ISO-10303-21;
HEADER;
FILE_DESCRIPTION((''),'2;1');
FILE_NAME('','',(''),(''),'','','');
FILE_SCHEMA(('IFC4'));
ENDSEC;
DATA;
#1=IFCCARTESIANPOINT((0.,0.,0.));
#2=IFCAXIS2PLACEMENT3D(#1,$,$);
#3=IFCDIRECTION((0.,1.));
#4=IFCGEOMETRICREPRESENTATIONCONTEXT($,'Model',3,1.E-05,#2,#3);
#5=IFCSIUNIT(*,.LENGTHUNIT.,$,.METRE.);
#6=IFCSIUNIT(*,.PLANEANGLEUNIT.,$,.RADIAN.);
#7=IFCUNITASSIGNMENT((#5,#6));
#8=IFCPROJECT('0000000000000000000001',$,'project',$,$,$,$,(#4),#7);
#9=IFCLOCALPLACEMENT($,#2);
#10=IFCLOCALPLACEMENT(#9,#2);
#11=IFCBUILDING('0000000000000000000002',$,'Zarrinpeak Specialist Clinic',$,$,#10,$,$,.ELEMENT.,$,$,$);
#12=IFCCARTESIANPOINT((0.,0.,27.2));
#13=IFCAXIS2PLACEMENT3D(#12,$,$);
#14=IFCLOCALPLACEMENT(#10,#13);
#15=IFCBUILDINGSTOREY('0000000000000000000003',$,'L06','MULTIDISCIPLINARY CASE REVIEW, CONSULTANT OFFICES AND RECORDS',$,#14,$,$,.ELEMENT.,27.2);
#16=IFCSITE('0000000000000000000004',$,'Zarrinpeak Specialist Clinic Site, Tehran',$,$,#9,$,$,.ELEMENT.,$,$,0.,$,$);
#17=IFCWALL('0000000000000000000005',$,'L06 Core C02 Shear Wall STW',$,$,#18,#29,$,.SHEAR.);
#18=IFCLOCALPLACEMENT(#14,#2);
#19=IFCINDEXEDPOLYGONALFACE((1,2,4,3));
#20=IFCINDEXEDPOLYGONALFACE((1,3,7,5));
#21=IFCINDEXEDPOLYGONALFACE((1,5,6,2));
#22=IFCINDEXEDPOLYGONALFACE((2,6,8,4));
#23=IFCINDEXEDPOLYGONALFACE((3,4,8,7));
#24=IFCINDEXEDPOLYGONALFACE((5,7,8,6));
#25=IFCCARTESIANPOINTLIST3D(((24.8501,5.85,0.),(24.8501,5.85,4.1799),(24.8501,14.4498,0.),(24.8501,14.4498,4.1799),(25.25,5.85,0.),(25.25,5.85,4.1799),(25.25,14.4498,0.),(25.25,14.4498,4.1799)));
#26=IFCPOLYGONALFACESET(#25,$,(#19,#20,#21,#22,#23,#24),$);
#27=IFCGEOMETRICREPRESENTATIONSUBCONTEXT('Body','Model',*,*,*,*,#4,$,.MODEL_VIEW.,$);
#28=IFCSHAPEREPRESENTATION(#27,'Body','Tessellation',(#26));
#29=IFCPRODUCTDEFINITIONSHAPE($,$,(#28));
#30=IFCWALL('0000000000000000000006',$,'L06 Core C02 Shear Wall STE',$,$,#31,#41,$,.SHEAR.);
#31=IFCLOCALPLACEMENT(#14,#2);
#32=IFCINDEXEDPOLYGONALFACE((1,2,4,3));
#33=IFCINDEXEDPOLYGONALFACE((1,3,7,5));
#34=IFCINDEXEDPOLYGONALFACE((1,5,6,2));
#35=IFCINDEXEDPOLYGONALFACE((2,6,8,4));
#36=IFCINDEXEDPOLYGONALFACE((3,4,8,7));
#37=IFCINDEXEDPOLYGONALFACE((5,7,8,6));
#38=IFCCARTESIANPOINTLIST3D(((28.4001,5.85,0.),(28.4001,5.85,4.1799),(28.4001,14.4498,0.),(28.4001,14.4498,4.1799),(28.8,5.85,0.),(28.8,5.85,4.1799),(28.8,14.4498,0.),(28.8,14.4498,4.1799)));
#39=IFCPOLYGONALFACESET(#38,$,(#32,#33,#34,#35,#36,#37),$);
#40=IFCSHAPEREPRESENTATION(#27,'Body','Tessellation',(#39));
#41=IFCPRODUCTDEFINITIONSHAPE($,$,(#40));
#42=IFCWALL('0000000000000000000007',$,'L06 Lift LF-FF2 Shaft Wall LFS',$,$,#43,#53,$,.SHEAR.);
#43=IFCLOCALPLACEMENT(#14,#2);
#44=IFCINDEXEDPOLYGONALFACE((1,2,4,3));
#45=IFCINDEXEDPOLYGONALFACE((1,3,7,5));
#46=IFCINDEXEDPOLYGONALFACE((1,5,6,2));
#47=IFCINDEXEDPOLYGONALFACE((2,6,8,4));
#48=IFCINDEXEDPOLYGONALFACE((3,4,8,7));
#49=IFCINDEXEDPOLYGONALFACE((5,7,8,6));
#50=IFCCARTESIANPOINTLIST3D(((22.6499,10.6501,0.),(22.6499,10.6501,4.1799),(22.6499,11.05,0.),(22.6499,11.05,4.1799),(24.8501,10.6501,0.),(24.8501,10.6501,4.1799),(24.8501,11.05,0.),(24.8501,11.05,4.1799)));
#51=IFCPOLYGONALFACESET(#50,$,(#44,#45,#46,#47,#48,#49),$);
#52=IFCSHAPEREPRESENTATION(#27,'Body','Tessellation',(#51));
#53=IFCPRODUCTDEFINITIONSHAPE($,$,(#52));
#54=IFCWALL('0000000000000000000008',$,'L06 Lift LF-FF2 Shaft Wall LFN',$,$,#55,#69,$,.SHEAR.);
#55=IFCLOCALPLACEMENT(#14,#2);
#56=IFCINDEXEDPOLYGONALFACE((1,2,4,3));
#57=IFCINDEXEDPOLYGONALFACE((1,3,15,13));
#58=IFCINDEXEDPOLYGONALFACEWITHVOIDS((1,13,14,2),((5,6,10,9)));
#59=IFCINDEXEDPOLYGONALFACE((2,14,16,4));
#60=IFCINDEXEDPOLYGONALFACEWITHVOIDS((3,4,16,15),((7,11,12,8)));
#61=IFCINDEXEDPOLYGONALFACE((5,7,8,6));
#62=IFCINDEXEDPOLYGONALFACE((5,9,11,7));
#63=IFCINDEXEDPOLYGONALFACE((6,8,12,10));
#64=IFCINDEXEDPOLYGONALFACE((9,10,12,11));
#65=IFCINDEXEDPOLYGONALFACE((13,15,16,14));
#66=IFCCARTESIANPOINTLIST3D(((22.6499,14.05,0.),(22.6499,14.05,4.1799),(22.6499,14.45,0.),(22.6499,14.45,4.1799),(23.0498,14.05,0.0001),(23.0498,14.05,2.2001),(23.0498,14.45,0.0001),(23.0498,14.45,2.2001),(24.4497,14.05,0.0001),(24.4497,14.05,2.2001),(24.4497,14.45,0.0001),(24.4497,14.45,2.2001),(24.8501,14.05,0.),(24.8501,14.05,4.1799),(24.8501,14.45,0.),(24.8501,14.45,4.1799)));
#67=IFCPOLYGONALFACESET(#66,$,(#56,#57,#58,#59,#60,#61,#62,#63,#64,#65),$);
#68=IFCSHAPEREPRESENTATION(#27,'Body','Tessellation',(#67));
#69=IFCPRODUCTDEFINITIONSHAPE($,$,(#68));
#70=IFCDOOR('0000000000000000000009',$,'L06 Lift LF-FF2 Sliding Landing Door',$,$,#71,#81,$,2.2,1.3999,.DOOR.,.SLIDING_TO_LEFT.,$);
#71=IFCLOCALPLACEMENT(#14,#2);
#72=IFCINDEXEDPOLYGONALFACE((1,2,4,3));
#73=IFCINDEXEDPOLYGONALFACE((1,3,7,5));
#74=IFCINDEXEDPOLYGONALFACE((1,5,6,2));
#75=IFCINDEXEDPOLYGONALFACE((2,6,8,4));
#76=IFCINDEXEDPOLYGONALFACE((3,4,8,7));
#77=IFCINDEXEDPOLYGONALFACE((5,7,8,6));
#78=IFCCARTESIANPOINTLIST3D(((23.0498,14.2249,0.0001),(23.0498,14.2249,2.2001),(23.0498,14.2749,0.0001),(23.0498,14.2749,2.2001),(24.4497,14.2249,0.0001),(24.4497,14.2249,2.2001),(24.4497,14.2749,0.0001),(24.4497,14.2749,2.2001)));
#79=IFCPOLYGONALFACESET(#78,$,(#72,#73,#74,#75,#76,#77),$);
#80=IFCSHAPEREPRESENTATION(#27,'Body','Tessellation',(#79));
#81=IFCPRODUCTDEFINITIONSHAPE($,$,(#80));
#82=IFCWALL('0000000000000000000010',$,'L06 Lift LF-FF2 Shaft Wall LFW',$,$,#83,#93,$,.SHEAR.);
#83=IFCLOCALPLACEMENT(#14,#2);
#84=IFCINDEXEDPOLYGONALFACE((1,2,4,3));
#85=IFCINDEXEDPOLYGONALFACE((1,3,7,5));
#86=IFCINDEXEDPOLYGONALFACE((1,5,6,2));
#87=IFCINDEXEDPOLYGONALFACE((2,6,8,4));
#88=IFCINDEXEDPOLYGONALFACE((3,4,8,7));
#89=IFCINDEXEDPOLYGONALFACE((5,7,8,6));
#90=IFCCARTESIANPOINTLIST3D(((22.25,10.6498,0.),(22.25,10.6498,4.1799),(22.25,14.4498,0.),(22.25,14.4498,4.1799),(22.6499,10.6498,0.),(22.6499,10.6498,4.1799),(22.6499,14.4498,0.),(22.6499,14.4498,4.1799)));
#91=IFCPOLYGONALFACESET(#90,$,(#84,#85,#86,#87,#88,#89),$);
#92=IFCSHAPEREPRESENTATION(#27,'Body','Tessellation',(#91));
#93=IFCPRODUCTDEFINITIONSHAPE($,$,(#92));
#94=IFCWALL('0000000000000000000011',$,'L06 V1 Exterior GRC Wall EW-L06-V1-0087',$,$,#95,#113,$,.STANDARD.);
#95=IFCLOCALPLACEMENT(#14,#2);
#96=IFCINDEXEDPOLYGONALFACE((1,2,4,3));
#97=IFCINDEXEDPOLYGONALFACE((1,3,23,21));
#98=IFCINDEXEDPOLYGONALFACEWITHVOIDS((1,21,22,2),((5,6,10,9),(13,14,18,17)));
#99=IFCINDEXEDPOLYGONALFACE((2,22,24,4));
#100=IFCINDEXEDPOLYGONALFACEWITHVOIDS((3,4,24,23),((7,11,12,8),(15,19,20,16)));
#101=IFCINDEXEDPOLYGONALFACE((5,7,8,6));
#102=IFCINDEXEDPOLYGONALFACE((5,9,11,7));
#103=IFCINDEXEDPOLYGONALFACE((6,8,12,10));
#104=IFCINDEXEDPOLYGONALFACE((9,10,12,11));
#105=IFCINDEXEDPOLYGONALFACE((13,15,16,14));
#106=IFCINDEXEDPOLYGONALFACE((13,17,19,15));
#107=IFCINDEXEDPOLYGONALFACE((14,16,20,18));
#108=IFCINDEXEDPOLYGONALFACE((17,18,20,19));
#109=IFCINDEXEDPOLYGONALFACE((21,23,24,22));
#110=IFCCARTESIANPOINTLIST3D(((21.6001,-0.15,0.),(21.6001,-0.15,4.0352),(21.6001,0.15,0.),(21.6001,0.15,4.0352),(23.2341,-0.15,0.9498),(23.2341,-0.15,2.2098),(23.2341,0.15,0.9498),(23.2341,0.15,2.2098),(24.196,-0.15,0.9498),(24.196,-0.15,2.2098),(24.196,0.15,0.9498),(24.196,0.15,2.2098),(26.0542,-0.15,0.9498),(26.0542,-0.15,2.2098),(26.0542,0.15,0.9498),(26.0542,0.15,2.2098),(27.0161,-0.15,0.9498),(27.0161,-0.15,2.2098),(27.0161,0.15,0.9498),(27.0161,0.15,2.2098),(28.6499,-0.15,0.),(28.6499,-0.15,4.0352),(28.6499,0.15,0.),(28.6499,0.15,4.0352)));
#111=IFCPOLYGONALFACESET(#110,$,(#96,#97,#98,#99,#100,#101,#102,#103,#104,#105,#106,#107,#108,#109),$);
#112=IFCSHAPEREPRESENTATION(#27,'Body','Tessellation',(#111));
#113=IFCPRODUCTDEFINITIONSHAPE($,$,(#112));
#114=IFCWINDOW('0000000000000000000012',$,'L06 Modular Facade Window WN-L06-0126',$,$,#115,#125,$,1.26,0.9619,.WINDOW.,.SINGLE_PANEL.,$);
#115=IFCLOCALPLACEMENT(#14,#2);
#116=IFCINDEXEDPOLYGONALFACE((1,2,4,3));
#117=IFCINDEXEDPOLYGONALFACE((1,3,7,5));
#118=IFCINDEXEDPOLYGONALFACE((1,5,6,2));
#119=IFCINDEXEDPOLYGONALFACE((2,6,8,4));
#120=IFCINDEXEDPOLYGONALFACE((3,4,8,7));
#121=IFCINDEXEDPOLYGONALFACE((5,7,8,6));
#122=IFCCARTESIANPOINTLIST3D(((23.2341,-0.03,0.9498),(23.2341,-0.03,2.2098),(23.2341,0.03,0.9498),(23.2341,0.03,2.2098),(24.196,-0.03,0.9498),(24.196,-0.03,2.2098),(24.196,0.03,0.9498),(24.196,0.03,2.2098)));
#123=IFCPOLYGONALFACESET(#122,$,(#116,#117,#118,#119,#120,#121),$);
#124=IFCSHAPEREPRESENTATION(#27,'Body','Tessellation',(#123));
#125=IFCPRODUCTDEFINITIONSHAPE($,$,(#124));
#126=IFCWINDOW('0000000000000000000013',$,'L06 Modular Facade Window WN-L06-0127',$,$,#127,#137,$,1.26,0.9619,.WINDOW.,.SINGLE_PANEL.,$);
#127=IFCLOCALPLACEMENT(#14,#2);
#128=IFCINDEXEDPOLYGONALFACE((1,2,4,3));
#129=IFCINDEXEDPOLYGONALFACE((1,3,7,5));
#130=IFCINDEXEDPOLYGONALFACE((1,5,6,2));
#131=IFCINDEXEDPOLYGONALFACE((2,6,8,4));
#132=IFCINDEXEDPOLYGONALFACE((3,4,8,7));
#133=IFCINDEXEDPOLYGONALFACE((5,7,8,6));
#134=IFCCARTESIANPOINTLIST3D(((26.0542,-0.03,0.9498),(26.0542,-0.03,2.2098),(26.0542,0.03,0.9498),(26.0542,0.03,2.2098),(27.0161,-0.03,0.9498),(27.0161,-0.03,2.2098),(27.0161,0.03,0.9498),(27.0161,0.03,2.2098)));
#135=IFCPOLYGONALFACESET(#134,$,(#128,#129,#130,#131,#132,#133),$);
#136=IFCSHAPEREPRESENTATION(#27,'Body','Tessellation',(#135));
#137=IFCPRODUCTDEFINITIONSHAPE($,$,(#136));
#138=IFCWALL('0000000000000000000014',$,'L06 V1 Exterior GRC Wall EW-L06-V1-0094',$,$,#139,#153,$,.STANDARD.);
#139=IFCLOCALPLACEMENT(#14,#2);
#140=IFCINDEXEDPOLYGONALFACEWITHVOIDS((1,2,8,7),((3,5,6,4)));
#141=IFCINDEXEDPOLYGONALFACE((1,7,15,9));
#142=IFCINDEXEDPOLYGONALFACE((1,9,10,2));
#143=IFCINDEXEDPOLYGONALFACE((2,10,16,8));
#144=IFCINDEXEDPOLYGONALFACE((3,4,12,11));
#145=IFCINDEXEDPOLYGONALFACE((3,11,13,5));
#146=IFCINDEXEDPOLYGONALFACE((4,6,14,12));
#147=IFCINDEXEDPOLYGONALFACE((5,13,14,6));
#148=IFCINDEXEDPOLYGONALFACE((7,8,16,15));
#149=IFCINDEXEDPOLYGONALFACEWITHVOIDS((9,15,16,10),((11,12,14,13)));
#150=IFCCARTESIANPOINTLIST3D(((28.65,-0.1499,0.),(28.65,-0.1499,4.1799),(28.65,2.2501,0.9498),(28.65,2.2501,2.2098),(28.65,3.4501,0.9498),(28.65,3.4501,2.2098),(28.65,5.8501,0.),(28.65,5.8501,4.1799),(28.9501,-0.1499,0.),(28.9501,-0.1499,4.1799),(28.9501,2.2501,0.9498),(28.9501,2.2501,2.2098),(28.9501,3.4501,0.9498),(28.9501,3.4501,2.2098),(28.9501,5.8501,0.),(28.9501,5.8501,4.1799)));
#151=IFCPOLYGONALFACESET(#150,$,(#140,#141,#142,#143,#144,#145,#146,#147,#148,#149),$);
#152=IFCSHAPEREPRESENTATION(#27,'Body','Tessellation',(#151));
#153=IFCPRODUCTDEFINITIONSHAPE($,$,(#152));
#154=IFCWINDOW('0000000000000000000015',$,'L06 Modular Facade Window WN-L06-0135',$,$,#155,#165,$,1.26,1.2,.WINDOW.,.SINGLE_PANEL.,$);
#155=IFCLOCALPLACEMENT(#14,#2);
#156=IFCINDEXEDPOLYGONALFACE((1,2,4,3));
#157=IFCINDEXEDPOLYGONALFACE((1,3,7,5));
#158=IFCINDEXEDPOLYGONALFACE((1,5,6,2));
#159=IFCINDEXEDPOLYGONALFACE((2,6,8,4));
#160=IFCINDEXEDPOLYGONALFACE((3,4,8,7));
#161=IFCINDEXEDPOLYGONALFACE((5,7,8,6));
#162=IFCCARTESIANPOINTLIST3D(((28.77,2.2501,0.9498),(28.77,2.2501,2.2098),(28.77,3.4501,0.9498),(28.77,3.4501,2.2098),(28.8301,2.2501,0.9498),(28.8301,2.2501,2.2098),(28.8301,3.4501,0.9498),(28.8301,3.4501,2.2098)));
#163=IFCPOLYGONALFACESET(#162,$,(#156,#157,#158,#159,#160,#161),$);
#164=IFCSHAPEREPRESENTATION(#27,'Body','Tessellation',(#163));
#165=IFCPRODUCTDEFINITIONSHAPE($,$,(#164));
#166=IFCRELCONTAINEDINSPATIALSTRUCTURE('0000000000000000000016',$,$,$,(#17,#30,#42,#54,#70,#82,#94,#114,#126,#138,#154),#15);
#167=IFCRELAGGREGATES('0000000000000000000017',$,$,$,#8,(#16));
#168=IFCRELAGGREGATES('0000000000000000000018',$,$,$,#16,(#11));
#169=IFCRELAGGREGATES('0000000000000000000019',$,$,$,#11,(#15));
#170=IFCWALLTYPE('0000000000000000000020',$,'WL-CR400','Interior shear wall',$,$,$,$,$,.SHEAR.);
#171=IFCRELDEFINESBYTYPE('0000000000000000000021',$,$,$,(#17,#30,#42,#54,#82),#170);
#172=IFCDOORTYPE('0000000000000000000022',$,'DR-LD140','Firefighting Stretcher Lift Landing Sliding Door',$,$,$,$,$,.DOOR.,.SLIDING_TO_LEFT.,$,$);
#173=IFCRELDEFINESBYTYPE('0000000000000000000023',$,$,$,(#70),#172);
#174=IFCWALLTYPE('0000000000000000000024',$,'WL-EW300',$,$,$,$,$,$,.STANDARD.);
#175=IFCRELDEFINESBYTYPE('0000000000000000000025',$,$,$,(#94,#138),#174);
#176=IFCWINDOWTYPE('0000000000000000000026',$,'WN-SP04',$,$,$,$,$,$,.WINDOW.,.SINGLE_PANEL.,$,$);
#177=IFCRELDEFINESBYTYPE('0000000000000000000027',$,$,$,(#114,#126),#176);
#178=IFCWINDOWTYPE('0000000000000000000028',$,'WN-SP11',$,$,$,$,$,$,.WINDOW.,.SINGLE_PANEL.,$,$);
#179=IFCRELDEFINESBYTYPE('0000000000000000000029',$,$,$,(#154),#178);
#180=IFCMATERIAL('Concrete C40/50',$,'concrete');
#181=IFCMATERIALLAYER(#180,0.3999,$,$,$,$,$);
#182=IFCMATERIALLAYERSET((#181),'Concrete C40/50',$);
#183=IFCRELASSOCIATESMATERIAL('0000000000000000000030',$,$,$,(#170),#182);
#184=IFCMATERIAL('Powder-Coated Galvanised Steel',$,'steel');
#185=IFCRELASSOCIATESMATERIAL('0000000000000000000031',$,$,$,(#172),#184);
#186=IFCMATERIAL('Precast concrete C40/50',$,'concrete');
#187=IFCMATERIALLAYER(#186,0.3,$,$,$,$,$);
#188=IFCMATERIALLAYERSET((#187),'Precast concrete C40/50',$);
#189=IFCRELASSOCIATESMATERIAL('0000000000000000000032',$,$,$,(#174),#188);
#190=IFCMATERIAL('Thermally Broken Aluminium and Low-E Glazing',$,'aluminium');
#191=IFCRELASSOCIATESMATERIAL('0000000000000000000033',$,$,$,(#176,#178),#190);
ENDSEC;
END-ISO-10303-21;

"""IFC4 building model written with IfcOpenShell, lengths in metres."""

from ifc_helpers import new_model, si_unit, direction, frame, frame_2d, origin, place, context, subcontext, project, spatial, rectangle, extrude, material, layer, layer_set, type_object, element, fill, save


model = new_model("IFC4")

# Units and contexts
model_context = context("Model", 3, precision=1e-05, world=origin(), true_north=direction((0.0, 1.0)))
body_context = subcontext(model_context, "Body", "Model", "MODEL_VIEW")
ifc_project = project(units=[si_unit("LENGTHUNIT", "METRE"), si_unit("PLANEANGLEUNIT", "RADIAN")], contexts=[model_context])

# Site, building, storey
site_placement = place(None, origin())
site = spatial("IfcSite", under=ifc_project, at=site_placement, Name="Zarrinpeak Specialist Clinic Site, Tehran", CompositionType="ELEMENT", RefElevation=0.0)
building_placement = place(site_placement, origin())
building = spatial("IfcBuilding", under=site, at=building_placement, Name="Zarrinpeak Specialist Clinic", CompositionType="ELEMENT")
storey_placement = place(building_placement, frame((0.0, 0.0, 27.2)))
storey = spatial("IfcBuildingStorey", under=building, at=storey_placement, Name="L06", Description="MULTIDISCIPLINARY CASE REVIEW, CONSULTANT OFFICES AND RECORDS", CompositionType="ELEMENT", Elevation=27.2)

# Shared definitions
ifc_material_1 = material(Name="Concrete C40/50", Category="concrete")
ifc_layer_1 = layer(ifc_material_1, 0.3999)
ifc_layer_set_1 = layer_set([ifc_layer_1], Name="Concrete C40/50")
wall_type_1 = type_object("IfcWallType", Name="WL-CR400", Description="Interior shear wall", PredefinedType="SHEAR", material=ifc_layer_set_1)

# Shared definitions
ifc_material_2 = material(Name="Powder-Coated Galvanised Steel", Category="steel")

# Walls
for number, where, z_axis, x_axis, name in (
    (1, (25.05, 5.8501, 0.0), (0.0, 0.0, 1.0), (0.0, 1.0, 0.0), "L06 Core C02 Shear Wall STW"),
    (2, (28.6001, 5.8501, 0.0), (0.0, 0.0, 1.0), (0.0, 1.0, 0.0), "L06 Core C02 Shear Wall STE"),
):
    element("IfcWall", number, at=place(storey_placement, frame(where, z_axis=z_axis, x_axis=x_axis)), inside=storey, type_object=wall_type_1, Name=name, PredefinedType="SHEAR", context=body_context, shape_type="SweptSolid", body=[
        extrude(rectangle(XDim=8.5999, YDim=0.3999, at=frame_2d((4.2998, 0.0))), origin(), (0.0, 0.0, 1.0), 4.1799),
    ])
wall_1_placement = place(storey_placement, frame((22.6499, 10.8501, 0.0), z_axis=(0.0, 0.0, 1.0), x_axis=(1.0, 0.0, 0.0)))
element("IfcWall", 3, at=wall_1_placement, inside=storey, type_object=wall_type_1, Name="L06 Lift LF-FF2 Shaft Wall LFS", PredefinedType="SHEAR", context=body_context, shape_type="SweptSolid", body=[
    extrude(rectangle(XDim=2.2002, YDim=0.3999, at=frame_2d((1.1001, 0.0))), origin(), (0.0, 0.0, 1.0), 4.1799),
])

# Wall, opening, door
wall_2_placement = place(storey_placement, frame((22.6499, 14.25, 0.0), z_axis=(0.0, 0.0, 1.0), x_axis=(1.0, 0.0, 0.0)))
wall_2 = element("IfcWall", 4, at=wall_2_placement, inside=storey, type_object=wall_type_1, Name="L06 Lift LF-FF2 Shaft Wall LFN", PredefinedType="SHEAR", context=body_context, shape_type="SweptSolid", body=[
    extrude(rectangle(XDim=2.2002, YDim=0.3999, at=frame_2d((1.1001, 0.0))), origin(), (0.0, 0.0, 1.0), 4.1799),
])
opening_1_placement = place(wall_2_placement, frame((0.3999, 0.0, 0.0)))
opening_1 = element("IfcOpeningElement", 5, at=opening_1_placement, cuts=wall_2, PredefinedType="OPENING", context=body_context, shape_type="SweptSolid", body=[
    extrude(rectangle(XDim=1.3999, YDim=2.2, at=frame_2d((0.7, 1.1001))), frame((0.0, 0.21, 0.0), z_axis=(0.0, -1.0, 0.0), x_axis=(1.0, 0.0, 0.0)), (0.0, 0.0, 1.0), 0.4199),
])
door_type_1 = type_object("IfcDoorType", Name="DR-LD140", Description="Firefighting Stretcher Lift Landing Sliding Door", OperationType="SLIDING_TO_LEFT", PredefinedType="DOOR", material=ifc_material_2)
door_1_placement = place(opening_1_placement, origin())
door_1 = element("IfcDoor", 6, at=door_1_placement, inside=storey, type_object=door_type_1, Name="L06 Lift LF-FF2 Sliding Landing Door", OperationType="SLIDING_TO_LEFT", OverallHeight=2.2, OverallWidth=1.3999, PredefinedType="DOOR", context=body_context, shape_type="SweptSolid", body=[
    extrude(rectangle(XDim=1.3999, YDim=2.2, at=frame_2d((0.7, 1.1001))), frame((0.0, 0.0249, 0.0), z_axis=(0.0, -1.0, 0.0), x_axis=(1.0, 0.0, 0.0)), (0.0, 0.0, 1.0), 0.05),
])
fill(opening_1, door_1)

# Wall
wall_3_placement = place(storey_placement, frame((22.45, 10.6499, 0.0), z_axis=(0.0, 0.0, 1.0), x_axis=(0.0, 1.0, 0.0)))
element("IfcWall", 7, at=wall_3_placement, inside=storey, type_object=wall_type_1, Name="L06 Lift LF-FF2 Shaft Wall LFW", PredefinedType="SHEAR", context=body_context, shape_type="SweptSolid", body=[
    extrude(rectangle(XDim=3.8, YDim=0.3999, at=frame_2d((1.8999, 0.0))), origin(), (0.0, 0.0, 1.0), 4.1799),
])

# Wall, openings, windows
ifc_material_3 = material(Name="Precast concrete C40/50", Category="concrete")
ifc_layer_2 = layer(ifc_material_3, 0.3)
ifc_layer_set_2 = layer_set([ifc_layer_2], Name="Precast concrete C40/50")
wall_type_2 = type_object("IfcWallType", Name="WL-EW300", PredefinedType="STANDARD", material=ifc_layer_set_2)
wall_4_placement = place(storey_placement, frame((21.6001, 0.0, 0.0), z_axis=(0.0, 0.0, 1.0), x_axis=(1.0, 0.0, 0.0)))
wall_4 = element("IfcWall", 8, at=wall_4_placement, inside=storey, type_object=wall_type_2, Name="L06 V1 Exterior GRC Wall EW-L06-V1-0087", PredefinedType="STANDARD", context=body_context, shape_type="SweptSolid", body=[
    extrude(rectangle(XDim=7.0498, YDim=0.3, at=frame_2d((3.5249, 0.0))), origin(), (0.0, 0.0, 1.0), 4.0352),
])
opening_2_placement = place(wall_4_placement, frame((1.634, 0.0, 0.95)))
opening_2 = element("IfcOpeningElement", 9, at=opening_2_placement, cuts=wall_4, PredefinedType="OPENING", context=body_context, shape_type="SweptSolid", body=[
    extrude(rectangle(XDim=0.9619, YDim=1.26, at=frame_2d((0.481, 0.6299))), frame((0.0, 0.1602, 0.0), z_axis=(0.0, -1.0, 0.0), x_axis=(1.0, 0.0, 0.0)), (0.0, 0.0, 1.0), 0.3201),
])
opening_3_placement = place(wall_4_placement, frame((4.4541, 0.0, 0.95)))
opening_3 = element("IfcOpeningElement", 10, at=opening_3_placement, cuts=wall_4, PredefinedType="OPENING", context=body_context, shape_type="SweptSolid", body=[
    extrude(rectangle(XDim=0.9619, YDim=1.26, at=frame_2d((0.481, 0.6299))), frame((0.0, 0.1602, 0.0), z_axis=(0.0, -1.0, 0.0), x_axis=(1.0, 0.0, 0.0)), (0.0, 0.0, 1.0), 0.3201),
])
ifc_material_4 = material(Name="Thermally Broken Aluminium and Low-E Glazing", Category="aluminium")
window_type_1 = type_object("IfcWindowType", Name="WN-SP04", PartitioningType="SINGLE_PANEL", PredefinedType="WINDOW", material=ifc_material_4)
window_1_placement = place(opening_2_placement, origin())
window_1 = element("IfcWindow", 11, at=window_1_placement, inside=storey, type_object=window_type_1, Name="L06 Modular Facade Window WN-L06-0126", OverallHeight=1.26, OverallWidth=0.9619, PartitioningType="SINGLE_PANEL", PredefinedType="WINDOW", context=body_context, shape_type="SweptSolid", body=[
    extrude(rectangle(XDim=0.9619, YDim=1.26, at=frame_2d((0.481, 0.6299))), frame((0.0, 0.03, 0.0), z_axis=(0.0, -1.0, 0.0), x_axis=(1.0, 0.0, 0.0)), (0.0, 0.0, 1.0), 0.0601),
])
fill(opening_2, window_1)
window_2_placement = place(opening_3_placement, origin())
window_2 = element("IfcWindow", 12, at=window_2_placement, inside=storey, type_object=window_type_1, Name="L06 Modular Facade Window WN-L06-0127", OverallHeight=1.26, OverallWidth=0.9619, PartitioningType="SINGLE_PANEL", PredefinedType="WINDOW", context=body_context, shape_type="SweptSolid", body=[
    extrude(rectangle(XDim=0.9619, YDim=1.26, at=frame_2d((0.481, 0.6299))), frame((0.0, 0.03, 0.0), z_axis=(0.0, -1.0, 0.0), x_axis=(1.0, 0.0, 0.0)), (0.0, 0.0, 1.0), 0.0601),
])
fill(opening_3, window_2)

# Wall, opening, window
wall_5_placement = place(storey_placement, frame((28.8, -0.1499, 0.0), z_axis=(0.0, 0.0, 1.0), x_axis=(0.0, 1.0, 0.0)))
wall_5 = element("IfcWall", 13, at=wall_5_placement, inside=storey, type_object=wall_type_2, Name="L06 V1 Exterior GRC Wall EW-L06-V1-0094", PredefinedType="STANDARD", context=body_context, shape_type="SweptSolid", body=[
    extrude(rectangle(XDim=6.0, YDim=0.3, at=frame_2d((3.0, 0.0))), origin(), (0.0, 0.0, 1.0), 4.1799),
])
opening_4_placement = place(wall_5_placement, frame((2.3999, 0.0, 0.95)))
opening_4 = element("IfcOpeningElement", 14, at=opening_4_placement, cuts=wall_5, PredefinedType="OPENING", context=body_context, shape_type="SweptSolid", body=[
    extrude(rectangle(XDim=1.2, YDim=1.26, at=frame_2d((0.6001, 0.6299))), frame((0.0, 0.1602, 0.0), z_axis=(0.0, -1.0, 0.0), x_axis=(1.0, 0.0, 0.0)), (0.0, 0.0, 1.0), 0.3201),
])
window_type_2 = type_object("IfcWindowType", Name="WN-SP11", PartitioningType="SINGLE_PANEL", PredefinedType="WINDOW", material=ifc_material_4)
window_3_placement = place(opening_4_placement, origin())
window_3 = element("IfcWindow", 15, at=window_3_placement, inside=storey, type_object=window_type_2, Name="L06 Modular Facade Window WN-L06-0135", OverallHeight=1.26, OverallWidth=1.2, PartitioningType="SINGLE_PANEL", PredefinedType="WINDOW", context=body_context, shape_type="SweptSolid", body=[
    extrude(rectangle(XDim=1.2, YDim=1.26, at=frame_2d((0.6001, 0.6299))), frame((0.0, 0.03, 0.0), z_axis=(0.0, -1.0, 0.0), x_axis=(1.0, 0.0, 0.0)), (0.0, 0.0, 1.0), 0.0601),
])
fill(opening_4, window_3)

save(model, "model.ifc")
